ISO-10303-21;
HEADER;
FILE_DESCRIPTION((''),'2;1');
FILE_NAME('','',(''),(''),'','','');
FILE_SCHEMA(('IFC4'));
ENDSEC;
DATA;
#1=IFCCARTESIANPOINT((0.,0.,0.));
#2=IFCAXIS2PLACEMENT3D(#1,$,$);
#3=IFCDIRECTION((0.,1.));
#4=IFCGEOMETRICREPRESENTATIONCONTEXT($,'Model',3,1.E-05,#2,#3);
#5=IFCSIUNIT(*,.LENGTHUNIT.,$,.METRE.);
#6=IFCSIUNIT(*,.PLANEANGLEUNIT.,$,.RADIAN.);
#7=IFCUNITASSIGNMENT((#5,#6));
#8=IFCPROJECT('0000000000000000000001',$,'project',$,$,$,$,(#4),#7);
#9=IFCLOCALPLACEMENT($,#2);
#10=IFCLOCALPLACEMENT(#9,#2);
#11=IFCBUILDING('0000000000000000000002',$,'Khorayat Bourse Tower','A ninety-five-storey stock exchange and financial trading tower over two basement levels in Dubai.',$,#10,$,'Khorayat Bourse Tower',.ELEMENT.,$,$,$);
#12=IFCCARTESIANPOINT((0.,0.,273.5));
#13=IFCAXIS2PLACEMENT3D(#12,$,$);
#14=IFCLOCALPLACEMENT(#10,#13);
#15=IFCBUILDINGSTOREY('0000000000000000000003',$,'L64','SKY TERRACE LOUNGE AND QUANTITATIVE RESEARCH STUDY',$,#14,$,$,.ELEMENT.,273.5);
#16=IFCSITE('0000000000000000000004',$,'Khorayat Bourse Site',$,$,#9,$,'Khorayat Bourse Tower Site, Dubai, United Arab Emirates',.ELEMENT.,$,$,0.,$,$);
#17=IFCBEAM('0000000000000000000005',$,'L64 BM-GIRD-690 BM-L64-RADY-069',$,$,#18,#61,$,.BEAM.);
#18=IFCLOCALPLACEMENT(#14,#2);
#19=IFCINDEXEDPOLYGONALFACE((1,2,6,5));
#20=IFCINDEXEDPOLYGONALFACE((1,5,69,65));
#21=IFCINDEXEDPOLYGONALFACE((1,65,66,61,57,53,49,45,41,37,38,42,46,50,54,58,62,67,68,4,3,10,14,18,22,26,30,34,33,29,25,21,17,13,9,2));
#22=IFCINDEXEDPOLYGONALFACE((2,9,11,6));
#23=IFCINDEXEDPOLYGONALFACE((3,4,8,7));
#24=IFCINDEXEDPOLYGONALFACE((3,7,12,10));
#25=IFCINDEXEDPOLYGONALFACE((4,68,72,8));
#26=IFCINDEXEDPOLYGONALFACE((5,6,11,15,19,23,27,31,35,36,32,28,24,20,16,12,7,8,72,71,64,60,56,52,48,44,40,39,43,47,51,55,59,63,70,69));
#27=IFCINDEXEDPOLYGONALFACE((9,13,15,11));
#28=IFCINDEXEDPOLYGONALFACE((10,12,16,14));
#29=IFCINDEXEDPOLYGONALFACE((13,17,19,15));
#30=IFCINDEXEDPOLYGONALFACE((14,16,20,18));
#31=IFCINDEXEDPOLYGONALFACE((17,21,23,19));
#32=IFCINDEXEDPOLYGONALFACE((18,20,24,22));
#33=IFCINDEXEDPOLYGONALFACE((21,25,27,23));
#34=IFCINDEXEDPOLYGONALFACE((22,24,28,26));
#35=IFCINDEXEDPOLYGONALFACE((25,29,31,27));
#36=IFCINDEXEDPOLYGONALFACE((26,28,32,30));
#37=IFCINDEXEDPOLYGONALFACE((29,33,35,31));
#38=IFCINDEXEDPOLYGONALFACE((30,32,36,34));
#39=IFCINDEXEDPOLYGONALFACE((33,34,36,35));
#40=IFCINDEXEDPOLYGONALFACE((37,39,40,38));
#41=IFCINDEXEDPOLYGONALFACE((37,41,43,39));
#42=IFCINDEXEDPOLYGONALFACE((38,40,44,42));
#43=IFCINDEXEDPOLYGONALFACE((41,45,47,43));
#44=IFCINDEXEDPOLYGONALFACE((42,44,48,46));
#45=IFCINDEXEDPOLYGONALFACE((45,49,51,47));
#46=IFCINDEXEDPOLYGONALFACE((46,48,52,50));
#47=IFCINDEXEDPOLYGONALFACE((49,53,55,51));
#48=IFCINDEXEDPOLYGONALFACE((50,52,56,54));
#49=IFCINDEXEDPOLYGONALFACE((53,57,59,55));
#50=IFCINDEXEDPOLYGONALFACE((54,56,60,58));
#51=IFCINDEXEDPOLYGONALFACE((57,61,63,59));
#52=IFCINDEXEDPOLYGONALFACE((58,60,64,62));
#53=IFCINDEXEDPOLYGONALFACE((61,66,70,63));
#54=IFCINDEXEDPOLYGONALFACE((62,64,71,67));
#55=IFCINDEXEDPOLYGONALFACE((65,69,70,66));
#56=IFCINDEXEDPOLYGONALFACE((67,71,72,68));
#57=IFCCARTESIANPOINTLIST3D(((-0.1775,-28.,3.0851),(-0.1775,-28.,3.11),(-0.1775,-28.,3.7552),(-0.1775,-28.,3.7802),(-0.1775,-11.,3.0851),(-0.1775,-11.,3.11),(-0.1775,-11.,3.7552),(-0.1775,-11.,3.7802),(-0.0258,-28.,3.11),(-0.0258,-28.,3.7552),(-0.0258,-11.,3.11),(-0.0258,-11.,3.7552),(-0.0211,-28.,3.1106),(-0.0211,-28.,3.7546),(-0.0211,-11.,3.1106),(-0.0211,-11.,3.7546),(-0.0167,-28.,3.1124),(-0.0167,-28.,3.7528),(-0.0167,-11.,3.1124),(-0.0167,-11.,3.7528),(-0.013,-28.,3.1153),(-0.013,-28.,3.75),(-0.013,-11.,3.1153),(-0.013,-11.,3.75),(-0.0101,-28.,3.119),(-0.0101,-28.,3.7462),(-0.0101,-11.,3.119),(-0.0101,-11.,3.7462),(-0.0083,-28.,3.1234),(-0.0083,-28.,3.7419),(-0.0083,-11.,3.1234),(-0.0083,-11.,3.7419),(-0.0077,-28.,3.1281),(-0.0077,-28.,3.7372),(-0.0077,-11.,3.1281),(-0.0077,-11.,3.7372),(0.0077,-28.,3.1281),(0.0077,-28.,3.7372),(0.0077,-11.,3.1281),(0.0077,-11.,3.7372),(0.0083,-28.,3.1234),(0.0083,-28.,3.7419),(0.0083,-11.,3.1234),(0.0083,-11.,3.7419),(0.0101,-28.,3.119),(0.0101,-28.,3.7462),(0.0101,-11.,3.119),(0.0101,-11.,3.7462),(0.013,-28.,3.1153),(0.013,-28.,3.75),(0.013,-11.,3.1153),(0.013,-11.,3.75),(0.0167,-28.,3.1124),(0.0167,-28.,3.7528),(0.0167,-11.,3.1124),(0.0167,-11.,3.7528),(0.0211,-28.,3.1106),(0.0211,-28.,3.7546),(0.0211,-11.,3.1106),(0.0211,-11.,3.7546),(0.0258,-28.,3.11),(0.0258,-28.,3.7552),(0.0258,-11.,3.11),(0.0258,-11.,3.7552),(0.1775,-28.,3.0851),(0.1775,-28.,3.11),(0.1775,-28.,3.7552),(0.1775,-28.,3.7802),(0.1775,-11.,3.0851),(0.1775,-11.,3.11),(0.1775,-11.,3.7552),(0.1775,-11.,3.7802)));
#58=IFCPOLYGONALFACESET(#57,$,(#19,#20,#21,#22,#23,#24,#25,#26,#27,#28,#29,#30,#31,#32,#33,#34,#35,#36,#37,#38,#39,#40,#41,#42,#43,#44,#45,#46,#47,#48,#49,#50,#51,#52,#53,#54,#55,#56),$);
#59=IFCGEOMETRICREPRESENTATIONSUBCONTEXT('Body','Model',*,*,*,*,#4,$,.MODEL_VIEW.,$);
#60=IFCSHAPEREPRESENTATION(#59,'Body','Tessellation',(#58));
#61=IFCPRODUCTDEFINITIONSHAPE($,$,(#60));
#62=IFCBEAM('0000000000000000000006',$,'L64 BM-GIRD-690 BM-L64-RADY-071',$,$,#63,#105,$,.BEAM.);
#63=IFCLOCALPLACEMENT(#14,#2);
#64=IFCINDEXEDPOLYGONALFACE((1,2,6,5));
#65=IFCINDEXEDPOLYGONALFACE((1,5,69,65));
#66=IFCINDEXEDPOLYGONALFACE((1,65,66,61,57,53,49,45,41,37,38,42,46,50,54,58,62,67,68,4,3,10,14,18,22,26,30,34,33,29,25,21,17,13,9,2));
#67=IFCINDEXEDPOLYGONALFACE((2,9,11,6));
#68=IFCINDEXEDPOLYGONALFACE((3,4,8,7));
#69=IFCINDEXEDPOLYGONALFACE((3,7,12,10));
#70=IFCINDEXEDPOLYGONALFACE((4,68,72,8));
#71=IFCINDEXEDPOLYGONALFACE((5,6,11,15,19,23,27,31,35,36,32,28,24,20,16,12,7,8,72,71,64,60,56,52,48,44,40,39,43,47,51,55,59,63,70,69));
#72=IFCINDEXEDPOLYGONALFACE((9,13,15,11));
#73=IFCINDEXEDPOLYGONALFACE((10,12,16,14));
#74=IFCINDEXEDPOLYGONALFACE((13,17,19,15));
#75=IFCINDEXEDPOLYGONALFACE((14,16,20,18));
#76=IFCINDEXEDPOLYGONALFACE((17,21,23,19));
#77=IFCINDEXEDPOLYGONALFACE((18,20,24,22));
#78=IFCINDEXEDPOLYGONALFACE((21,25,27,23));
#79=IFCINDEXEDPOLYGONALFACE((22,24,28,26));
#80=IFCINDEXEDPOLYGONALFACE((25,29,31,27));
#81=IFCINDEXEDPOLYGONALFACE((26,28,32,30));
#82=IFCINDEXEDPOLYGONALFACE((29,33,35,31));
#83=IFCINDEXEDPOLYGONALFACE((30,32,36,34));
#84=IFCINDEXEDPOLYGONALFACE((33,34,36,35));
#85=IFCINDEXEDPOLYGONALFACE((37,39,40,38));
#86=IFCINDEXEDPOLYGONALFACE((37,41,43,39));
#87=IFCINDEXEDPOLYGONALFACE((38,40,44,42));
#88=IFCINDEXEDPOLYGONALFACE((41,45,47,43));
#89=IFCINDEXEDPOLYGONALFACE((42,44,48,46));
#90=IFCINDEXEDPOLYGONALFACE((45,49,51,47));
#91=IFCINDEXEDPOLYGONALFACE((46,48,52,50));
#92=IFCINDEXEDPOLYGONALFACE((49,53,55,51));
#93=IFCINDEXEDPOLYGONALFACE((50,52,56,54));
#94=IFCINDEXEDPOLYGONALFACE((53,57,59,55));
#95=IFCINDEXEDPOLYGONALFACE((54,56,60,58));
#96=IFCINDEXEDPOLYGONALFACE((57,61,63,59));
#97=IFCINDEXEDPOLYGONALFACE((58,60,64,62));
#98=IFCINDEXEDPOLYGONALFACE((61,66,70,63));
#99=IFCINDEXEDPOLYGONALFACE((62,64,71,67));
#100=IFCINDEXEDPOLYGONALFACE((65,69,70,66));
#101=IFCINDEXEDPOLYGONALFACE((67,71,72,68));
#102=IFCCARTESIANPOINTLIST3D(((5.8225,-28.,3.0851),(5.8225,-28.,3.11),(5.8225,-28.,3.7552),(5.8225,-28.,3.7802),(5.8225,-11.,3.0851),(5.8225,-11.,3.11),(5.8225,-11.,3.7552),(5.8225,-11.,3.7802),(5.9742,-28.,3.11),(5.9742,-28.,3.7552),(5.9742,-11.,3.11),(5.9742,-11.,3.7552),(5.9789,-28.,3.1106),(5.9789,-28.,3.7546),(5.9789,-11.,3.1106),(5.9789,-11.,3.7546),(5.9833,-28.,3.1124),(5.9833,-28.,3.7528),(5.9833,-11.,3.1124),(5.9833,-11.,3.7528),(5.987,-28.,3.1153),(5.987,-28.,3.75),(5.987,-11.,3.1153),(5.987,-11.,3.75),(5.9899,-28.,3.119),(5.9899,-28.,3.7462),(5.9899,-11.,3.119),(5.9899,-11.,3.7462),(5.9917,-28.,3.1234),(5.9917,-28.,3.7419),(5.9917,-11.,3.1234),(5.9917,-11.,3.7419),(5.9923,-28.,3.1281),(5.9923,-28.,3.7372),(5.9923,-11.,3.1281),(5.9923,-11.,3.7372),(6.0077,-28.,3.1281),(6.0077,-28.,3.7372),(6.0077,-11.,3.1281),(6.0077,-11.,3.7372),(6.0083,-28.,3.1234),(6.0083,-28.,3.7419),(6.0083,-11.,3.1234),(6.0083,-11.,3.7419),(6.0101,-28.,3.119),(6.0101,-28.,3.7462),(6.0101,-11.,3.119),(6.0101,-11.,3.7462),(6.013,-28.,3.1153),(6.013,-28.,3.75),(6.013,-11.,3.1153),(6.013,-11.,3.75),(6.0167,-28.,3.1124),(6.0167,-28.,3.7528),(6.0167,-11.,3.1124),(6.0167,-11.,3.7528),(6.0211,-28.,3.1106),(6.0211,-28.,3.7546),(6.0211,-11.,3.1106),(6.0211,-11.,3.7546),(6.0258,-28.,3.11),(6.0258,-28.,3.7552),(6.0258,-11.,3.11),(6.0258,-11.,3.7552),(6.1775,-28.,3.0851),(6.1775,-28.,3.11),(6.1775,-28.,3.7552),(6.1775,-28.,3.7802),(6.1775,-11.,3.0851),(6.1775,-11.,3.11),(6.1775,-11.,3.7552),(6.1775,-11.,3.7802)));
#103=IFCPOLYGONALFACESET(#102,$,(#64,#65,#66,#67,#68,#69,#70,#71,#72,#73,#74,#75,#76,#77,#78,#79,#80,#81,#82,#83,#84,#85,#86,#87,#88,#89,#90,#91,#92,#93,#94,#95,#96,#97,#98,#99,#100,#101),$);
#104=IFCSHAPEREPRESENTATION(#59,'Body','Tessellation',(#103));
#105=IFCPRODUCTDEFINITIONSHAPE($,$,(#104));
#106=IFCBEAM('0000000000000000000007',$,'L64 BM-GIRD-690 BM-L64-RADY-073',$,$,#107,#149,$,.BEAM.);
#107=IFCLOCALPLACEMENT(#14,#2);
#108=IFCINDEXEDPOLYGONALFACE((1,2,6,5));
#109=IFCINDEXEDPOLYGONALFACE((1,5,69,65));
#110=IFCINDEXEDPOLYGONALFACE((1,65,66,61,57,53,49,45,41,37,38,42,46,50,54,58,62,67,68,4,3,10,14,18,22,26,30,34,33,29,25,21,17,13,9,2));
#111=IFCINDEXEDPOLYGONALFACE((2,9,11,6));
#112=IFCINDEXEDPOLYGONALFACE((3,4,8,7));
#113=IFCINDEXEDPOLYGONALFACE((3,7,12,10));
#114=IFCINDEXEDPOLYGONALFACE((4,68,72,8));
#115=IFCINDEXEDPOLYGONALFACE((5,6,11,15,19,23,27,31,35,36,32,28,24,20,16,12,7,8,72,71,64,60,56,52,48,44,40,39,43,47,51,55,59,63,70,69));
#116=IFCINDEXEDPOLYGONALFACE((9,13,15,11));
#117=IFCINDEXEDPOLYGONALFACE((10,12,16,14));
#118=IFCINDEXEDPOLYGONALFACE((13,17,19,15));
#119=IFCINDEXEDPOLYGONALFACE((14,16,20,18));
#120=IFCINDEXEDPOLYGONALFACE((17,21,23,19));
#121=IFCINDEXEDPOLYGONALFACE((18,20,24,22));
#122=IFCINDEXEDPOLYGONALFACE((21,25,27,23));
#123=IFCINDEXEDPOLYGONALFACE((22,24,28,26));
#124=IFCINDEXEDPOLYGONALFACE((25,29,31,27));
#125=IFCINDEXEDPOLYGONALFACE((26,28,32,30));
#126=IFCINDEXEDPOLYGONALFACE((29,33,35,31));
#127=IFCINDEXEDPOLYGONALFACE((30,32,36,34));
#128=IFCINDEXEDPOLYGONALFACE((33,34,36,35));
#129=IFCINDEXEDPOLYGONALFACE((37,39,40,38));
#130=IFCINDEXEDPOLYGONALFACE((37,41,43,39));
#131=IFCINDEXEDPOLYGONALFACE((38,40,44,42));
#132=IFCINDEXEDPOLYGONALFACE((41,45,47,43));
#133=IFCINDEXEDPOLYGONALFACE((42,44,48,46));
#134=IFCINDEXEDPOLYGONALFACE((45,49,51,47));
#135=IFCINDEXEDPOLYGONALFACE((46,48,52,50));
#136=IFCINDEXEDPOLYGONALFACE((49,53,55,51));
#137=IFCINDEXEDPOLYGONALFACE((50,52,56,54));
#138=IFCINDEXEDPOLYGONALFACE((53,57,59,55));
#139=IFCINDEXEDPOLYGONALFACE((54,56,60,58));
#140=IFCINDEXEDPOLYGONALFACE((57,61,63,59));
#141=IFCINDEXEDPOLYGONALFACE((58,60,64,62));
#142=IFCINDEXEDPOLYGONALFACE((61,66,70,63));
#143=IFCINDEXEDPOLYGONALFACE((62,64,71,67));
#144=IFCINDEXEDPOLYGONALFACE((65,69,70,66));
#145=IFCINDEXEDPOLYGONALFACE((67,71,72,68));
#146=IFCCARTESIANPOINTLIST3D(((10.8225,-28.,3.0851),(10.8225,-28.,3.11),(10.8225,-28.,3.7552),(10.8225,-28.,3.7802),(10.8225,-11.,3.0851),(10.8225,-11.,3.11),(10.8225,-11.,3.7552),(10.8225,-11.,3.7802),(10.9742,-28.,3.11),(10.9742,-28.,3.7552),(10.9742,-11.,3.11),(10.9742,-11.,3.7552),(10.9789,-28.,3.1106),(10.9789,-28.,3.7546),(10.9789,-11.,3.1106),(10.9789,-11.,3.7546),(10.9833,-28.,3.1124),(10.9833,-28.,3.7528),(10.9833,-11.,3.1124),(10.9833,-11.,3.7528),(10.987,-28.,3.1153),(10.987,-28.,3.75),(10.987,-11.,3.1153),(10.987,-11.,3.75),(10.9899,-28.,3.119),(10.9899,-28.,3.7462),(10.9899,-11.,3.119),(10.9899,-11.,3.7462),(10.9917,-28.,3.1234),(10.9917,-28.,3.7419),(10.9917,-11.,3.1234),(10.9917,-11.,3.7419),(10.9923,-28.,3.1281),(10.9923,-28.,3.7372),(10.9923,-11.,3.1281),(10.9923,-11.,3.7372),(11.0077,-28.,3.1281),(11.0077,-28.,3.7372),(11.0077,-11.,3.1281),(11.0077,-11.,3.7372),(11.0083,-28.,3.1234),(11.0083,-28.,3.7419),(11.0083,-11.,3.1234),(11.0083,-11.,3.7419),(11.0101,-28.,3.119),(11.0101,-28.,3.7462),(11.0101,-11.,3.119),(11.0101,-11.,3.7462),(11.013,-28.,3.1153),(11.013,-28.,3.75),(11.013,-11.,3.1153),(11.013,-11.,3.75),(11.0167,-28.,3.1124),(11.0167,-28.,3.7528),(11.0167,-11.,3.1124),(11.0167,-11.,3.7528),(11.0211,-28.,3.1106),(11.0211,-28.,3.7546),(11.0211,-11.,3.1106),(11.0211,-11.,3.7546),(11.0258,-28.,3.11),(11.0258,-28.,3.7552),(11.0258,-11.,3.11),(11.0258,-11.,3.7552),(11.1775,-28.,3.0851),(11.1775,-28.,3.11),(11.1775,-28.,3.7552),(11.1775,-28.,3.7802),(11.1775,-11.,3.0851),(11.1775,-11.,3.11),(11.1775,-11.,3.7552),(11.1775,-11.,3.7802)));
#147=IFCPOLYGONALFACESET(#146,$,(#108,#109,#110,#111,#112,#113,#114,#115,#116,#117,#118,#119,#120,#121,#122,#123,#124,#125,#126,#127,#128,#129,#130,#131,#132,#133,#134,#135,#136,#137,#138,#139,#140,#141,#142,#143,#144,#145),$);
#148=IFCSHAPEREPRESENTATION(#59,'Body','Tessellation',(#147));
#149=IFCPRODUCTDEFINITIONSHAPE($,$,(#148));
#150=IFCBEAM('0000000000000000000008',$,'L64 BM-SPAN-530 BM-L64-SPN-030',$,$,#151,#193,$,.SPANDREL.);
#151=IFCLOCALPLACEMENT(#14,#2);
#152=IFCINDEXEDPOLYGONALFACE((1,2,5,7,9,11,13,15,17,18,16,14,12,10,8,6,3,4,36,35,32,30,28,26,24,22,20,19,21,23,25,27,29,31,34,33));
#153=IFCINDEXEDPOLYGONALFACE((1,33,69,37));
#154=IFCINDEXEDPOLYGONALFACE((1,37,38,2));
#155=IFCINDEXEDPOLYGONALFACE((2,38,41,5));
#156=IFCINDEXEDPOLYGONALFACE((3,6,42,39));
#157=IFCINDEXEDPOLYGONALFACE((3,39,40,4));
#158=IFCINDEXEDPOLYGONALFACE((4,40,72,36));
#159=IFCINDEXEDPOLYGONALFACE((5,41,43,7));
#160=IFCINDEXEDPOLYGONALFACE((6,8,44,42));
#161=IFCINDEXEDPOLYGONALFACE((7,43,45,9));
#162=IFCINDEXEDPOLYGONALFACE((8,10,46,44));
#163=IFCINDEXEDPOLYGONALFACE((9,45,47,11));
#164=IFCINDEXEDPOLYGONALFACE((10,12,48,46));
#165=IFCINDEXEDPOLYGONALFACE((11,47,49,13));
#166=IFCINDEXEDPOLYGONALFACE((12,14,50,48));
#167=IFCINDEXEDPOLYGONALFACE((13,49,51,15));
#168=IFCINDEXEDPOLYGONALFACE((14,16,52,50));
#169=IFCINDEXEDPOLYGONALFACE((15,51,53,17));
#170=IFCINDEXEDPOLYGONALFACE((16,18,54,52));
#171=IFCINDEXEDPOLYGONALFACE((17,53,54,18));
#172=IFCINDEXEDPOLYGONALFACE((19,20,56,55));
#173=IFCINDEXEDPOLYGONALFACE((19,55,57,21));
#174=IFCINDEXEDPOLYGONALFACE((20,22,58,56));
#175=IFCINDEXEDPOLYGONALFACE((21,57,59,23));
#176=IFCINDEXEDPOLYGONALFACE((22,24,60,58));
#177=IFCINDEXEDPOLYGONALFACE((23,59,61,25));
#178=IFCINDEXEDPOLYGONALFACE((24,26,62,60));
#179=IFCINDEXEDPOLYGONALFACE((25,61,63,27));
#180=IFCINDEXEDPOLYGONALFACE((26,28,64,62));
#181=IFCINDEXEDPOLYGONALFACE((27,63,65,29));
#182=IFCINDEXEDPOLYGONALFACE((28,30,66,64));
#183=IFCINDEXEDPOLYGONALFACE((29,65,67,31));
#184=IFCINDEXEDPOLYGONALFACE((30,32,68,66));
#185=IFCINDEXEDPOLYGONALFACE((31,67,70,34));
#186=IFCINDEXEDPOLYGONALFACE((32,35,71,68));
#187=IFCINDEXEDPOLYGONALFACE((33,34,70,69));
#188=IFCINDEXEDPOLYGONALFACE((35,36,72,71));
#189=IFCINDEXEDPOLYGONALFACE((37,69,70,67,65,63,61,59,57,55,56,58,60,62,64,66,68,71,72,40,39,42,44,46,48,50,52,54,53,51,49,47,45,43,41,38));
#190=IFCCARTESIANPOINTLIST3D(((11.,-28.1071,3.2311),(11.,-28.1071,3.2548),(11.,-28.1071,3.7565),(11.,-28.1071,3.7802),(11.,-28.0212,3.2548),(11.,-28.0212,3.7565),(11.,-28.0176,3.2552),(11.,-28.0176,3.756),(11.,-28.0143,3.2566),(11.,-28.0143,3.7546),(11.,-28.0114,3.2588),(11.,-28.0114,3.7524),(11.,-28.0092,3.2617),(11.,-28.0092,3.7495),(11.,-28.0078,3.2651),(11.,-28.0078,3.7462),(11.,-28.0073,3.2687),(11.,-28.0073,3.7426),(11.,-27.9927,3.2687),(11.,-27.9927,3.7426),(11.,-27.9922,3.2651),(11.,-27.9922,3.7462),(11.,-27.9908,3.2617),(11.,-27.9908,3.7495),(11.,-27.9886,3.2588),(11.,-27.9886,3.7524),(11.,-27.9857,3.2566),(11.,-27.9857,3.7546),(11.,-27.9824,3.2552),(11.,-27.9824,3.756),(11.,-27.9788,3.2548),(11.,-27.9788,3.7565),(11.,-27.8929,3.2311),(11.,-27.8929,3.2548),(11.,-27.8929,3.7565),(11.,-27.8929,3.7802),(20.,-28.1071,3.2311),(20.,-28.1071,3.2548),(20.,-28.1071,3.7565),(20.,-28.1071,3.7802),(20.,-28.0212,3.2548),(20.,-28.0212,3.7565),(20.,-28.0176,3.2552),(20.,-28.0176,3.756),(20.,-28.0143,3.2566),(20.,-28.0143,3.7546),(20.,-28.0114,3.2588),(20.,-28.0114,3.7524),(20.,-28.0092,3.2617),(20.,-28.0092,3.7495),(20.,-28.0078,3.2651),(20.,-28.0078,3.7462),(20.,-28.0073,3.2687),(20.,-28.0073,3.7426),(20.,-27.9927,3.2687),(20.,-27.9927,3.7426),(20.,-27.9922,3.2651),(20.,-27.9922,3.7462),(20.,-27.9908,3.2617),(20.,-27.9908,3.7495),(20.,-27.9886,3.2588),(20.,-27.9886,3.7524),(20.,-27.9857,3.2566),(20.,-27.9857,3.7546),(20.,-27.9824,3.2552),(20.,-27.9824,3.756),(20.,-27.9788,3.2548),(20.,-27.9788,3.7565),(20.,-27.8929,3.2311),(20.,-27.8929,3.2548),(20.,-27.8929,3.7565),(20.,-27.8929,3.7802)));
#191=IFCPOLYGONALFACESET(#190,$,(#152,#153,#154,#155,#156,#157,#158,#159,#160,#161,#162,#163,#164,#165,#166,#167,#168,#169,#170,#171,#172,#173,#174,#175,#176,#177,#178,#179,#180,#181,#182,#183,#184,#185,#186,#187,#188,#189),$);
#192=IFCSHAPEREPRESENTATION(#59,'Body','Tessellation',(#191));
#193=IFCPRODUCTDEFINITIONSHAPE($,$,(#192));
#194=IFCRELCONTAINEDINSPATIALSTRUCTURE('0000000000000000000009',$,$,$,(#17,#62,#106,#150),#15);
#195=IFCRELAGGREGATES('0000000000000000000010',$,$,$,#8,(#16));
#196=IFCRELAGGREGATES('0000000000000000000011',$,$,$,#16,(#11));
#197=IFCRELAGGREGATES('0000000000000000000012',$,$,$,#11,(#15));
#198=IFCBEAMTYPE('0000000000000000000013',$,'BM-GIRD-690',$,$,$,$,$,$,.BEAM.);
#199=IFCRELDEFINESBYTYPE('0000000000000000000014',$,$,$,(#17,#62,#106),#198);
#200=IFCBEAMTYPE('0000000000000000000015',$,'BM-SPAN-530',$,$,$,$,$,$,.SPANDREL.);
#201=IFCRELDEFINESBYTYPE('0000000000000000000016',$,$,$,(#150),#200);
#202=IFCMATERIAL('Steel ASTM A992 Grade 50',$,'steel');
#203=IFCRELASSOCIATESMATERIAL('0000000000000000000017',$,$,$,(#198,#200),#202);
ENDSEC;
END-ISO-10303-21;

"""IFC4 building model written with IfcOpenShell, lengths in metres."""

from ifc_helpers import new_model, si_unit, direction, frame, origin, origin_2d, place, context, subcontext, project, spatial, i_section, extrude, source, transform, mapped, material, material_profile, profile_set, type_object, element, save


model = new_model("IFC4")

# Units and contexts
model_context = context("Model", 3, precision=1e-05, world=origin(), true_north=direction((0.0, 1.0)))
body_context = subcontext(model_context, "Body", "Model", "MODEL_VIEW")
ifc_project = project(units=[si_unit("LENGTHUNIT", "METRE"), si_unit("PLANEANGLEUNIT", "RADIAN")], contexts=[model_context])

# Site, building, storey
site_placement = place(None, origin())
site = spatial("IfcSite", under=ifc_project, at=site_placement, Name="Khorayat Bourse Site", LongName="Khorayat Bourse Tower Site, Dubai, United Arab Emirates", CompositionType="ELEMENT", RefElevation=0.0)
building_placement = place(site_placement, origin())
building = spatial("IfcBuilding", under=site, at=building_placement, Name="Khorayat Bourse Tower", Description="A ninety-five-storey stock exchange and financial trading tower over two basement levels in Dubai.", LongName="Khorayat Bourse Tower", CompositionType="ELEMENT")
storey_placement = place(building_placement, frame((0.0, 0.0, 273.5)))
storey = spatial("IfcBuildingStorey", under=building, at=storey_placement, Name="L64", Description="SKY TERRACE LOUNGE AND QUANTITATIVE RESEARCH STUDY", CompositionType="ELEMENT", Elevation=273.5)

# Shared definitions
ifc_material_1 = material(Name="Steel ASTM A992 Grade 50", Category="steel")
ifc_material_profile_1 = material_profile(ifc_material_1, i_section(OverallWidth=0.355, OverallDepth=0.6951, WebThickness=0.0154, FlangeThickness=0.0249, FilletRadius=0.0181, at=origin_2d()), Name="W690X217")
ifc_profile_set_1 = profile_set([ifc_material_profile_1], Name="Steel ASTM A992 Grade 50")
beam_type_1 = type_object("IfcBeamType", Name="BM-GIRD-690", PredefinedType="BEAM", material=ifc_profile_set_1)

# Beams
shared_shape_1 = source(origin(), body_context, "Body", "SweptSolid", [
    extrude(i_section(OverallWidth=0.355, OverallDepth=0.6951, WebThickness=0.0154, FlangeThickness=0.0249, FilletRadius=0.0181, at=origin_2d()), origin(), (0.0, 0.0, 1.0), 17.0),
])
for number, where, z_axis, x_axis, name in (
    (1, (0.0, -28.0, 3.4326), (0.0, 1.0, 0.0), (-1.0, 0.0, 0.0), "L64 BM-GIRD-690 BM-L64-RADY-069"),
    (2, (6.0, -28.0, 3.4326), (0.0, 1.0, 0.0), (-1.0, 0.0, 0.0), "L64 BM-GIRD-690 BM-L64-RADY-071"),
    (3, (11.0, -28.0, 3.4326), (0.0, 1.0, 0.0), (-1.0, 0.0, 0.0), "L64 BM-GIRD-690 BM-L64-RADY-073"),
):
    element("IfcBeam", number, at=place(storey_placement, frame(where, z_axis=z_axis, x_axis=x_axis)), inside=storey, type_object=beam_type_1, Name=name, PredefinedType="BEAM", context=body_context, shape_type="MappedRepresentation", body=[
        mapped(shared_shape_1, transform((0.0, 0.0, 0.0), scale=1.0)),
    ])
ifc_material_profile_2 = material_profile(ifc_material_1, i_section(OverallWidth=0.2141, OverallDepth=0.5491, WebThickness=0.0146, FlangeThickness=0.0237, FilletRadius=0.0139, at=origin_2d()), Name="W530X138")
ifc_profile_set_2 = profile_set([ifc_material_profile_2], Name="Steel ASTM A992 Grade 50")
beam_type_2 = type_object("IfcBeamType", Name="BM-SPAN-530", PredefinedType="SPANDREL", material=ifc_profile_set_2)
shared_shape_2 = source(origin(), body_context, "Body", "SweptSolid", [
    extrude(i_section(OverallWidth=0.2141, OverallDepth=0.5491, WebThickness=0.0146, FlangeThickness=0.0237, FilletRadius=0.0139, at=origin_2d()), origin(), (0.0, 0.0, 1.0), 9.0),
])
beam_1_placement = place(storey_placement, frame((11.0, -28.0, 3.5056), z_axis=(1.0, 0.0, 0.0), x_axis=(0.0, 1.0, 0.0)))
element("IfcBeam", 4, at=beam_1_placement, inside=storey, type_object=beam_type_2, Name="L64 BM-SPAN-530 BM-L64-SPN-030", PredefinedType="SPANDREL", context=body_context, shape_type="MappedRepresentation", body=[
    mapped(shared_shape_2, transform((0.0, 0.0, 0.0), scale=1.0)),
])

save(model, "model.ifc")
